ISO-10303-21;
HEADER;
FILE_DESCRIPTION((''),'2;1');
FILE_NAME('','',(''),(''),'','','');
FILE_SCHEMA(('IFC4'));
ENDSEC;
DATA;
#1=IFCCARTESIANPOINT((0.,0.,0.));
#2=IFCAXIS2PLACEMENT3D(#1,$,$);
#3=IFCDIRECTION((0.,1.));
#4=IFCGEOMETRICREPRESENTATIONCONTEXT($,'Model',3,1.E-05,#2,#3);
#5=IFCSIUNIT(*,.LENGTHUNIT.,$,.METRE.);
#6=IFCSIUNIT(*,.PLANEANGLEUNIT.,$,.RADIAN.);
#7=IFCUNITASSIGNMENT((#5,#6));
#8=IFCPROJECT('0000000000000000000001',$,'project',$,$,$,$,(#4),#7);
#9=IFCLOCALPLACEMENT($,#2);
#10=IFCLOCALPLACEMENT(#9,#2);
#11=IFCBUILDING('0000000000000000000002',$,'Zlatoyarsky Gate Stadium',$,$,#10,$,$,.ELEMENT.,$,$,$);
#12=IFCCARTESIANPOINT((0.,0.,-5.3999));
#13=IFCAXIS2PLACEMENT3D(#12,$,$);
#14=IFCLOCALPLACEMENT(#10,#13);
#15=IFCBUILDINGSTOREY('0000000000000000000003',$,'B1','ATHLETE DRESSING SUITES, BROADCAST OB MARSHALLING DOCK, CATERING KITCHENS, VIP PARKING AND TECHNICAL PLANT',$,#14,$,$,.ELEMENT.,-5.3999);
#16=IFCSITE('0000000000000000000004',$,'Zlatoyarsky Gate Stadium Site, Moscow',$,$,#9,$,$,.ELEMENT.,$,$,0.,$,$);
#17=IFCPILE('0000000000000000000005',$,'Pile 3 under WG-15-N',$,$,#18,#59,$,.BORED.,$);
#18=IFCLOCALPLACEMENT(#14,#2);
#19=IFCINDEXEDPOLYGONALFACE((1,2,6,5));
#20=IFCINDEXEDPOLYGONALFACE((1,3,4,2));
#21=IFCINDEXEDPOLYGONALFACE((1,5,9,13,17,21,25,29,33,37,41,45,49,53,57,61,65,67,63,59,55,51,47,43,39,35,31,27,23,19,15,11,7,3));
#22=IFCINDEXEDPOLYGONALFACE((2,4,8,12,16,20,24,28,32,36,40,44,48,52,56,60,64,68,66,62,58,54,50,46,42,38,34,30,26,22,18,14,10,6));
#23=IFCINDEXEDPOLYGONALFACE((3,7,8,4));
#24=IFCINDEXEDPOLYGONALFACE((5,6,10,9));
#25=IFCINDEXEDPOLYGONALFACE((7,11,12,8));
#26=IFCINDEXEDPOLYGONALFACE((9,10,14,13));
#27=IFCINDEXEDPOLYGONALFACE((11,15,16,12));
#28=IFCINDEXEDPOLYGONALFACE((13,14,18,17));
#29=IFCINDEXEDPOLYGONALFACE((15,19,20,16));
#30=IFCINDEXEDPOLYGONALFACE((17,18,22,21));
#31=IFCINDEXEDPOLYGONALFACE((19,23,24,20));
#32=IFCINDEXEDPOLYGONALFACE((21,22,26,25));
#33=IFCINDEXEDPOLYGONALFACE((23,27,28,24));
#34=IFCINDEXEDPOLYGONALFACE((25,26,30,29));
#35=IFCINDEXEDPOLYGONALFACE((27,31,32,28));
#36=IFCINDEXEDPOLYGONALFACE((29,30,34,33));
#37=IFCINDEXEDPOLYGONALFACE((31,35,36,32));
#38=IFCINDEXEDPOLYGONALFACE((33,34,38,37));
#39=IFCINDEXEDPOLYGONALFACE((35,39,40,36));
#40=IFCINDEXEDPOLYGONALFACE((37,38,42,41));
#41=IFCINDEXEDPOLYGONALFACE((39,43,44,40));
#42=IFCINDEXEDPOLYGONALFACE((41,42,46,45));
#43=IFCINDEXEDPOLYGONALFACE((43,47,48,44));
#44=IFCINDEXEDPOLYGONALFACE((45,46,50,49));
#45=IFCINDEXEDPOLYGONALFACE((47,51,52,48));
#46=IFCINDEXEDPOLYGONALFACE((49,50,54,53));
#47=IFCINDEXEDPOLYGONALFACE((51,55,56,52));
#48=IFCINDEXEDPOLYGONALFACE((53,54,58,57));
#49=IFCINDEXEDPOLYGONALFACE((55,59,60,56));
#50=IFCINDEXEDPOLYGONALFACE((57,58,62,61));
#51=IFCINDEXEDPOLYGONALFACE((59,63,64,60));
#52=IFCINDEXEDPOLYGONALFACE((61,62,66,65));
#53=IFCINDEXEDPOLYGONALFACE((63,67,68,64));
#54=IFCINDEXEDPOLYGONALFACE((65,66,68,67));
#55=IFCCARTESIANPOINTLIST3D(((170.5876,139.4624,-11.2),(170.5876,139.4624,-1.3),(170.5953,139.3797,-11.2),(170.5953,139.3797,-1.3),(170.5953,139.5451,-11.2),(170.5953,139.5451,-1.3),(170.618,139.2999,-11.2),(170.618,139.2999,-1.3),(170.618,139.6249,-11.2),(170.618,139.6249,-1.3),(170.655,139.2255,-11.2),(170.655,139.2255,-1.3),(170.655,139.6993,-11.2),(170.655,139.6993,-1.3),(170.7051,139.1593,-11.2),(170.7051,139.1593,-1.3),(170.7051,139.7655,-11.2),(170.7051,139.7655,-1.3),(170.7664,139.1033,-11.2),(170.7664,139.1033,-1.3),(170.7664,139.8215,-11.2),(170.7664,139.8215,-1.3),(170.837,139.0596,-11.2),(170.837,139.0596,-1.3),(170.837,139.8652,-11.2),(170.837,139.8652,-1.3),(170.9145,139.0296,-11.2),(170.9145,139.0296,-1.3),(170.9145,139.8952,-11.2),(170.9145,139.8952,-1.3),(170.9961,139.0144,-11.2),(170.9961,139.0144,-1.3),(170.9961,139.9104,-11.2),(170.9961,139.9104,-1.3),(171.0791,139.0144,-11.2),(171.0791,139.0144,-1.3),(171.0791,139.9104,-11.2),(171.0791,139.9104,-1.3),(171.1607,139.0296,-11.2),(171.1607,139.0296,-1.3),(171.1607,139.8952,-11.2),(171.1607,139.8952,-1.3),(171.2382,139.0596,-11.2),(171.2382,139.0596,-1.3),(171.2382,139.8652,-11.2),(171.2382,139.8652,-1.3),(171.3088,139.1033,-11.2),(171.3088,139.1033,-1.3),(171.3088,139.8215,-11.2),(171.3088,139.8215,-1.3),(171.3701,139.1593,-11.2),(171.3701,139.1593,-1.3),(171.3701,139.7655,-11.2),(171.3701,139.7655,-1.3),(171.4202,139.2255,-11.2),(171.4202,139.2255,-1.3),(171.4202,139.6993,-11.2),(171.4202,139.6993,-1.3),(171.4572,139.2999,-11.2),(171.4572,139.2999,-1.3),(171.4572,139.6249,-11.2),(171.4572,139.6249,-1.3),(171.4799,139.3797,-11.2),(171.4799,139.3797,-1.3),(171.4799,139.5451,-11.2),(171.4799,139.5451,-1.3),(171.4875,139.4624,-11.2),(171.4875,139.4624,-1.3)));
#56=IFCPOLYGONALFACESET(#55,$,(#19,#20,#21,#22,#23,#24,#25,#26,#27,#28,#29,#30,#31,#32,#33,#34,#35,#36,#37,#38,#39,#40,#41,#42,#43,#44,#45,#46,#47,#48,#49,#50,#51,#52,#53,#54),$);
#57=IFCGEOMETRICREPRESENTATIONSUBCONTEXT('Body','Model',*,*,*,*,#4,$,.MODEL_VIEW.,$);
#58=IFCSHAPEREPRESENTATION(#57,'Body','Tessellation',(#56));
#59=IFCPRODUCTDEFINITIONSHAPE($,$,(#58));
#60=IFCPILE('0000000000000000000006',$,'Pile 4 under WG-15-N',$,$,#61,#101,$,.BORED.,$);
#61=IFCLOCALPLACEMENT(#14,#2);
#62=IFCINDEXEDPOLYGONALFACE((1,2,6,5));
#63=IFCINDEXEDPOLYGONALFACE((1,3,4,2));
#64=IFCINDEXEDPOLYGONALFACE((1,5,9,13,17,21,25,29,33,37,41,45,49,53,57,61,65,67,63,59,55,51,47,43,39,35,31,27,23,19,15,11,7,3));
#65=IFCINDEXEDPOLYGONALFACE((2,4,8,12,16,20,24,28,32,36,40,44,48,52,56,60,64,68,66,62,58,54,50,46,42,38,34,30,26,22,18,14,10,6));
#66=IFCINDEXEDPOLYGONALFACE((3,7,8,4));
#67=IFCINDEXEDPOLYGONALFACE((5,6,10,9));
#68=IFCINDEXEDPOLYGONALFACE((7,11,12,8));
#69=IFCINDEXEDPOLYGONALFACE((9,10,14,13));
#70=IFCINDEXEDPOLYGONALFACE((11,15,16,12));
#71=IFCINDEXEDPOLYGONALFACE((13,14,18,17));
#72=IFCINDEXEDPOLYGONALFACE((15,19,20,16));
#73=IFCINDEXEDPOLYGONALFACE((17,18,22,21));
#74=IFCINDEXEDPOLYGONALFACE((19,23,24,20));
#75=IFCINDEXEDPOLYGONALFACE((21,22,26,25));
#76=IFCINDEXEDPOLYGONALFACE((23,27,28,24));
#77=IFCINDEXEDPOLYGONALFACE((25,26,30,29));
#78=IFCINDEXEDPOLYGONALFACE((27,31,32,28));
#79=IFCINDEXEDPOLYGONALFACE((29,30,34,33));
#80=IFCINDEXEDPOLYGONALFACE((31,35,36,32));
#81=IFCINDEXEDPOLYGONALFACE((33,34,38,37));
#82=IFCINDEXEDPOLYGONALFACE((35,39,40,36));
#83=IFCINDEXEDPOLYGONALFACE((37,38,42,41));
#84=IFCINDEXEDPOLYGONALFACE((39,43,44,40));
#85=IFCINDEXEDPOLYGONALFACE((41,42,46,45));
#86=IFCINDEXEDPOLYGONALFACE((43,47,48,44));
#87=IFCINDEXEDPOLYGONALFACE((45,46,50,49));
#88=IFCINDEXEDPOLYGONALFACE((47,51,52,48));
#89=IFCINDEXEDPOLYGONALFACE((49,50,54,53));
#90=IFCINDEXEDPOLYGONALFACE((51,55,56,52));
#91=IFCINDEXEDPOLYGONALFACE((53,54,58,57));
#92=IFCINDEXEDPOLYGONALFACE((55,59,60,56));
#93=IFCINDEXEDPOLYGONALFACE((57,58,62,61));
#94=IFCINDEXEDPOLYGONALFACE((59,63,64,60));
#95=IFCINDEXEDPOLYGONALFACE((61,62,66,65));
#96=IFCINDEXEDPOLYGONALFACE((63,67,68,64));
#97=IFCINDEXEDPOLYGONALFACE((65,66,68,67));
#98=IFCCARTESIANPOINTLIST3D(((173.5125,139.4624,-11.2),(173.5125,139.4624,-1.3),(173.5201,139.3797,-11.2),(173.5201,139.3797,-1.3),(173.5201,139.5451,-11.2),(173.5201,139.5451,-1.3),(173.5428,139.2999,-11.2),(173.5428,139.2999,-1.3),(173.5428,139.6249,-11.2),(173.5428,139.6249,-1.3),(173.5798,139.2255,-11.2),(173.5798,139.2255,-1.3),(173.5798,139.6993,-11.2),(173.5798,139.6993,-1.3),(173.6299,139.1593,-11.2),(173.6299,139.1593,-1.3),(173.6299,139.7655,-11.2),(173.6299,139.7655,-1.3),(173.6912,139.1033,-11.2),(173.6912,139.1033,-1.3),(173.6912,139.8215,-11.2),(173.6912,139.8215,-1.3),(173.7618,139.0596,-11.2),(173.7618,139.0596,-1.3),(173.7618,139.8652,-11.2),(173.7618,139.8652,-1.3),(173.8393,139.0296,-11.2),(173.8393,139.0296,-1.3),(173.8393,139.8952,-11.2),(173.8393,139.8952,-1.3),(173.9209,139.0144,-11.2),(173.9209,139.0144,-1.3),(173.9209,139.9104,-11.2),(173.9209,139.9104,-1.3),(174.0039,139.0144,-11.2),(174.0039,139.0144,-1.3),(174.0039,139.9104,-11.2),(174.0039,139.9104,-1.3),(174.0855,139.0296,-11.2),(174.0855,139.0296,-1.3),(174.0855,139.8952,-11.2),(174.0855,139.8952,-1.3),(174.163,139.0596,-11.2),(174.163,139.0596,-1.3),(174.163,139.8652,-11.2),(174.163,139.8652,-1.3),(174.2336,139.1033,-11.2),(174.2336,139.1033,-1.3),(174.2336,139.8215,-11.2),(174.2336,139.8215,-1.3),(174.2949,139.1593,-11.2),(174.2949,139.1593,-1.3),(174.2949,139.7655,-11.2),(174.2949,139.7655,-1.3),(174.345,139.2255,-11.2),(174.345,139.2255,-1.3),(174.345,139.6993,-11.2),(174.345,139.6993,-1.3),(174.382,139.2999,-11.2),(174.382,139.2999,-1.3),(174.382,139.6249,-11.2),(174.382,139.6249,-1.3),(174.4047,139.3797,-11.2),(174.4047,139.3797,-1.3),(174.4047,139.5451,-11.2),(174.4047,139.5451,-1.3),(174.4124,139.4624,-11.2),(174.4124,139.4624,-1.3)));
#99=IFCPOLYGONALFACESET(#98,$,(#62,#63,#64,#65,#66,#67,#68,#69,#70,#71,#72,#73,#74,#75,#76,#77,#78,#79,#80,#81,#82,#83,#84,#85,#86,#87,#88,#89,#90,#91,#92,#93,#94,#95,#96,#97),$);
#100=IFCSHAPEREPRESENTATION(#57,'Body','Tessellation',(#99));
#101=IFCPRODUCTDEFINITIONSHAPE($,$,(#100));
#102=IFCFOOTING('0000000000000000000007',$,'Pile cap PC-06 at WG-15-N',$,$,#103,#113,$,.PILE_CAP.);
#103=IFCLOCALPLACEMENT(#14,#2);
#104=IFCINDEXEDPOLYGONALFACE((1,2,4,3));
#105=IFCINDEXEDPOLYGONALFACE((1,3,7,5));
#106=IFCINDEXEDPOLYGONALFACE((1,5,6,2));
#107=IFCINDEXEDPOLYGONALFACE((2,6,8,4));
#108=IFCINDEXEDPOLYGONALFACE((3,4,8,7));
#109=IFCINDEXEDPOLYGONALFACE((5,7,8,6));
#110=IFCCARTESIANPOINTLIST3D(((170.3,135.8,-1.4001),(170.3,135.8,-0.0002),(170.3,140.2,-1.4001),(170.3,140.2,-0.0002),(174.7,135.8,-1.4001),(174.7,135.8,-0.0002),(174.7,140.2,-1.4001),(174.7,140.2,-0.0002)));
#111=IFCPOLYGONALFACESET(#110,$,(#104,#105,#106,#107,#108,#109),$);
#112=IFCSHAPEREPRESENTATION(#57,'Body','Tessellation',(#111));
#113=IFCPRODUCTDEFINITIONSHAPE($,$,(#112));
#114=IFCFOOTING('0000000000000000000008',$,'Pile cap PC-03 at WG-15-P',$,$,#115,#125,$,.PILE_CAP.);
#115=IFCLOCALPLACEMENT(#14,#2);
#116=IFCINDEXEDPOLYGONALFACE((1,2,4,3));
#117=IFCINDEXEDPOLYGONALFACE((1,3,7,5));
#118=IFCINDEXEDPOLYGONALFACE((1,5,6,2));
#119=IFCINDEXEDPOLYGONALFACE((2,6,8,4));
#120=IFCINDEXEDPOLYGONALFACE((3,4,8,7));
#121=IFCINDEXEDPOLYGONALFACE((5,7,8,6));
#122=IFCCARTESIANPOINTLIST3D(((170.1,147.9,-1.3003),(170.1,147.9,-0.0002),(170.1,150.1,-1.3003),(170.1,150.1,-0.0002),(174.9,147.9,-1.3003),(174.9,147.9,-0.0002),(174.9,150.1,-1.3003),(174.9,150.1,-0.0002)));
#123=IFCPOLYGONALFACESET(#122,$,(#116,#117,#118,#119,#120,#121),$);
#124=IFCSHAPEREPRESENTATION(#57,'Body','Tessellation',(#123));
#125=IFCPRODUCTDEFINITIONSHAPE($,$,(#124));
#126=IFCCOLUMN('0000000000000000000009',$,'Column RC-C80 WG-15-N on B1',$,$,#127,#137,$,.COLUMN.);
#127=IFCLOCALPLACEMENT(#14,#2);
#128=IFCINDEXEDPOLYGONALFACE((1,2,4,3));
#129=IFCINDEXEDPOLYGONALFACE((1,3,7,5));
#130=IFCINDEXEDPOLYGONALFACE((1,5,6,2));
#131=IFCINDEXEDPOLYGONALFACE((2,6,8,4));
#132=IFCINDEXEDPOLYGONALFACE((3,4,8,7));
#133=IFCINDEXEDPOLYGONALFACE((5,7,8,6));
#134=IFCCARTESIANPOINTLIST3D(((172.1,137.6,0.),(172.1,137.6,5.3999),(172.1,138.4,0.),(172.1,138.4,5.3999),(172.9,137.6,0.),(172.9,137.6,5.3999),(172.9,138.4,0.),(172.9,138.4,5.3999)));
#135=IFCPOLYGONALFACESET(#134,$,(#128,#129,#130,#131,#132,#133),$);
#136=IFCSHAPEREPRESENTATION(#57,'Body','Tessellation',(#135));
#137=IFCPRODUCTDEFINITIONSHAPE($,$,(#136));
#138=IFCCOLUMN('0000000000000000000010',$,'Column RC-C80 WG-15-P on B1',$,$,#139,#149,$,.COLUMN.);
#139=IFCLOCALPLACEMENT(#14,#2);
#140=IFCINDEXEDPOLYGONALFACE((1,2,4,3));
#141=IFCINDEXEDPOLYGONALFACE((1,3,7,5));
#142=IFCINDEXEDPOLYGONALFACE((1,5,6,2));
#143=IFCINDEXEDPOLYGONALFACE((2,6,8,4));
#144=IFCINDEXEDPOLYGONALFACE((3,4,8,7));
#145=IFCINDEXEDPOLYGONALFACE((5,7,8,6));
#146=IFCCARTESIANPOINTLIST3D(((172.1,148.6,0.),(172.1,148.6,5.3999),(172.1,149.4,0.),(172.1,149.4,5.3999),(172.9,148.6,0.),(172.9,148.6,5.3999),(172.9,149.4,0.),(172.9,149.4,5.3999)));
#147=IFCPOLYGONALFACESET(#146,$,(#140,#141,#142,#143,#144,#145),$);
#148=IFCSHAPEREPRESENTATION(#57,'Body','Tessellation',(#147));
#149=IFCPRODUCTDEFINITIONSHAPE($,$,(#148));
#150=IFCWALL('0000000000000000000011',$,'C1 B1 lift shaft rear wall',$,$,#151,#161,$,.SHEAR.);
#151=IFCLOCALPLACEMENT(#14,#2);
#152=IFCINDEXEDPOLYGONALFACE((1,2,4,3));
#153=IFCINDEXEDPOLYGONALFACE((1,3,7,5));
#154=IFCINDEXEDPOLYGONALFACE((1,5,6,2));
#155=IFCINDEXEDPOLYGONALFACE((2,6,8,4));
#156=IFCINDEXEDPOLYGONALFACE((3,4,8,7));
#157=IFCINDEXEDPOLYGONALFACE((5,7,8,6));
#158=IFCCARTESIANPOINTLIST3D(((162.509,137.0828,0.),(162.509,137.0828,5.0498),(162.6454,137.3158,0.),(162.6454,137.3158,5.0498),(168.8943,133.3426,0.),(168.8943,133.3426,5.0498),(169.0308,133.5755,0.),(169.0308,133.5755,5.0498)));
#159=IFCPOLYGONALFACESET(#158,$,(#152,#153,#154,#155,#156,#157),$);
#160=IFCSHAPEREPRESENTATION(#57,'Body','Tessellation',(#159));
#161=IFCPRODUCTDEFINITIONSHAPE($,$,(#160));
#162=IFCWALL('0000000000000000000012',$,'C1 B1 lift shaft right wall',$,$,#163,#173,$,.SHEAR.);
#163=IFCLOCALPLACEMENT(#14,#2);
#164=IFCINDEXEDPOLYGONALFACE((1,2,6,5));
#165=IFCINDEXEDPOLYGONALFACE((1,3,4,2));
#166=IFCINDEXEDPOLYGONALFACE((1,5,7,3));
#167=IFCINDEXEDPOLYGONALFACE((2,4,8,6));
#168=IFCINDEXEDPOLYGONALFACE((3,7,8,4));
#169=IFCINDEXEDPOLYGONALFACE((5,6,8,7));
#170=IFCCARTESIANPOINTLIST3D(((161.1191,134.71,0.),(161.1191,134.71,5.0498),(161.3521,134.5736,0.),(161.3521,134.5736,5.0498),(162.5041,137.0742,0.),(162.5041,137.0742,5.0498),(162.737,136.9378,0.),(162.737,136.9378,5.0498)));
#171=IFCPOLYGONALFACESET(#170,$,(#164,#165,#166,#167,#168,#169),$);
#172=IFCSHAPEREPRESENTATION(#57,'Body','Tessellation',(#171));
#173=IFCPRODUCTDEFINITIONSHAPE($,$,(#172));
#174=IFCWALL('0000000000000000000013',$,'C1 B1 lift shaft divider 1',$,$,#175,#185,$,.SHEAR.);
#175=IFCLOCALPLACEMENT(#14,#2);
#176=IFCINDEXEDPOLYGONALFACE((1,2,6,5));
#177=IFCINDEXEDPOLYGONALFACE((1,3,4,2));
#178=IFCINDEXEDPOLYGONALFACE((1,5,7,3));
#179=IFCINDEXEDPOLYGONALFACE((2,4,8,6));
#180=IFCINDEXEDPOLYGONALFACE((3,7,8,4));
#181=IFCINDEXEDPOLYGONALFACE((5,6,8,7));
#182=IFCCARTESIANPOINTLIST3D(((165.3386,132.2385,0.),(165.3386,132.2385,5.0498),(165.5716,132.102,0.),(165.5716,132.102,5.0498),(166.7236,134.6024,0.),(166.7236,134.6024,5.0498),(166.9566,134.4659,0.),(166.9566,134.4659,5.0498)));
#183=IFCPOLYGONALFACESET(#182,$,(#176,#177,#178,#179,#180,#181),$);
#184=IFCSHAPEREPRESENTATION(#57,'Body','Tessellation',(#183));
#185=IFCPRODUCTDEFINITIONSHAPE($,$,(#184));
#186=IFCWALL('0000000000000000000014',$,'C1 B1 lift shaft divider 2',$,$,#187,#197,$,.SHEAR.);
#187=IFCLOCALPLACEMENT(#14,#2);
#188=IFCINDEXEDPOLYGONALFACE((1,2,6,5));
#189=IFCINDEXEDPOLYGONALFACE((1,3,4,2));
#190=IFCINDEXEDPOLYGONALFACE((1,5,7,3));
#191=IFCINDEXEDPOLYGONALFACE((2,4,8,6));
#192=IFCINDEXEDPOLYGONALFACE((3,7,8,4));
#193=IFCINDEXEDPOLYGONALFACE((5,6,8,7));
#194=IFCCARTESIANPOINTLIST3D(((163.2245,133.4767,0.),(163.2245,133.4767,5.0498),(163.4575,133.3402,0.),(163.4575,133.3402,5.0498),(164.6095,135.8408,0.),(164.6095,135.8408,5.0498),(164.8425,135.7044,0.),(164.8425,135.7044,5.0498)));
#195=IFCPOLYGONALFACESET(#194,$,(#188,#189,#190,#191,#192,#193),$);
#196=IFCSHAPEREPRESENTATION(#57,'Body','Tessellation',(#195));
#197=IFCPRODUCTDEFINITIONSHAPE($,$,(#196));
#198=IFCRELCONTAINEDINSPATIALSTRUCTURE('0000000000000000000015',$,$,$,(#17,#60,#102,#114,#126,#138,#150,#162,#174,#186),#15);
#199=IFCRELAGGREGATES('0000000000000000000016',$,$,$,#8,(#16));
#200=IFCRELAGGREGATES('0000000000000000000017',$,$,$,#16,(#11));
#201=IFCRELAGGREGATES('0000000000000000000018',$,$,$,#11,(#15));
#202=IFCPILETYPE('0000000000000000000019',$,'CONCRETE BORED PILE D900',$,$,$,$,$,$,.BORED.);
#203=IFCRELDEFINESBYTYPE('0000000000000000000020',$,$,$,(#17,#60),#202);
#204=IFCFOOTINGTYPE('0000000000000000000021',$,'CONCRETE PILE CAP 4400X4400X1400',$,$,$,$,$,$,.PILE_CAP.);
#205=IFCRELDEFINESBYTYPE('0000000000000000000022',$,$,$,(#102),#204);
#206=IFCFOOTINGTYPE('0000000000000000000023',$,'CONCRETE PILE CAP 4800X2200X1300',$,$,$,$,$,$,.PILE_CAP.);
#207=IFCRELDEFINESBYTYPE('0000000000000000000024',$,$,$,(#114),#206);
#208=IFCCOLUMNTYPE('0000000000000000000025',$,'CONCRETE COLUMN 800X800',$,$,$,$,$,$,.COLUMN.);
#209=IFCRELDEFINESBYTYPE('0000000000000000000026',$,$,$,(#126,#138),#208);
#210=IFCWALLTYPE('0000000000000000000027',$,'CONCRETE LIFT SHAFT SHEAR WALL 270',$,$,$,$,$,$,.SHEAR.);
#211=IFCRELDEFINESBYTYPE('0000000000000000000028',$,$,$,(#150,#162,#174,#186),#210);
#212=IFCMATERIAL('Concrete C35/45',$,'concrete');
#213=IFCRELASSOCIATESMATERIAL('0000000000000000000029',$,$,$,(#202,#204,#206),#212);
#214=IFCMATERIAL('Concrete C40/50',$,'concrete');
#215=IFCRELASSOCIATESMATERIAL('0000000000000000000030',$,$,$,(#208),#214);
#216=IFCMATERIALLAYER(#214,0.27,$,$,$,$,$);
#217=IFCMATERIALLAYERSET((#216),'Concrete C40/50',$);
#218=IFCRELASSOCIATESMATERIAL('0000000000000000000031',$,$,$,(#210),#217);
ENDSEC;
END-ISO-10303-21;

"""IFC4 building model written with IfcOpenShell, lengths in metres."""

from ifc_helpers import new_model, si_unit, direction, frame, frame_2d, origin, origin_2d, place, context, subcontext, project, spatial, rectangle, circle, extrude, material, layer, layer_set, material_profile, profile_set, type_object, element, save


model = new_model("IFC4")

# Units and contexts
model_context = context("Model", 3, precision=1e-05, world=origin(), true_north=direction((0.0, 1.0)))
body_context = subcontext(model_context, "Body", "Model", "MODEL_VIEW")
ifc_project = project(units=[si_unit("LENGTHUNIT", "METRE"), si_unit("PLANEANGLEUNIT", "RADIAN")], contexts=[model_context])

# Site, building, storey
site_placement = place(None, origin())
site = spatial("IfcSite", under=ifc_project, at=site_placement, Name="Zlatoyarsky Gate Stadium Site, Moscow", CompositionType="ELEMENT", RefElevation=0.0)
building_placement = place(site_placement, origin())
building = spatial("IfcBuilding", under=site, at=building_placement, Name="Zlatoyarsky Gate Stadium", CompositionType="ELEMENT")
storey_placement = place(building_placement, frame((0.0, 0.0, -5.3999)))
storey = spatial("IfcBuildingStorey", under=building, at=storey_placement, Name="B1", Description="ATHLETE DRESSING SUITES, BROADCAST OB MARSHALLING DOCK, CATERING KITCHENS, VIP PARKING AND TECHNICAL PLANT", CompositionType="ELEMENT", Elevation=-5.3999)

# Piles
ifc_material_1 = material(Name="Concrete C35/45", Category="concrete")
ifc_material_profile_1 = material_profile(ifc_material_1, circle(Radius=0.45, at=origin_2d()), Name="BORED PILE D900")
ifc_profile_set_1 = profile_set([ifc_material_profile_1], Name="Concrete C35/45")
pile_type_1 = type_object("IfcPileType", Name="CONCRETE BORED PILE D900", PredefinedType="BORED", material=ifc_profile_set_1)
for number, where, z_axis, x_axis, name in (
    (1, (171.0376, 139.4624, -1.3), (0.0, 0.0, -1.0), (1.0, 0.0, 0.0), "Pile 3 under WG-15-N"),
    (2, (173.9624, 139.4624, -1.3), (0.0, 0.0, -1.0), (1.0, 0.0, 0.0), "Pile 4 under WG-15-N"),
):
    element("IfcPile", number, at=place(storey_placement, frame(where, z_axis=z_axis, x_axis=x_axis)), inside=storey, type_object=pile_type_1, Name=name, PredefinedType="BORED", context=body_context, shape_type="SweptSolid", body=[
        extrude(circle(Radius=0.45, at=origin_2d()), origin(), (0.0, 0.0, 1.0), 9.8999),
    ])

# Footings
footing_type_1 = type_object("IfcFootingType", Name="CONCRETE PILE CAP 4400X4400X1400", PredefinedType="PILE_CAP", material=ifc_material_1)
footing_1_placement = place(storey_placement, frame((172.5, 138.0, -1.4001), z_axis=(0.0, 0.0, 1.0), x_axis=(1.0, 0.0, 0.0)))
element("IfcFooting", 3, at=footing_1_placement, inside=storey, type_object=footing_type_1, Name="Pile cap PC-06 at WG-15-N", PredefinedType="PILE_CAP", context=body_context, shape_type="SweptSolid", body=[
    extrude(rectangle(XDim=4.3999, YDim=4.3999, at=origin_2d()), origin(), (0.0, 0.0, 1.0), 1.3999),
])
footing_type_2 = type_object("IfcFootingType", Name="CONCRETE PILE CAP 4800X2200X1300", PredefinedType="PILE_CAP", material=ifc_material_1)
footing_2_placement = place(storey_placement, frame((172.5, 149.0, -1.3003), z_axis=(0.0, 0.0, 1.0), x_axis=(1.0, 0.0, 0.0)))
element("IfcFooting", 4, at=footing_2_placement, inside=storey, type_object=footing_type_2, Name="Pile cap PC-03 at WG-15-P", PredefinedType="PILE_CAP", context=body_context, shape_type="SweptSolid", body=[
    extrude(rectangle(XDim=4.8, YDim=2.2, at=origin_2d()), origin(), (0.0, 0.0, 1.0), 1.3),
])

# Columns
ifc_material_2 = material(Name="Concrete C40/50", Category="concrete")
ifc_material_profile_2 = material_profile(ifc_material_2, rectangle(XDim=0.8, YDim=0.8, at=origin_2d()), Name="RC COL 800X800")
ifc_profile_set_2 = profile_set([ifc_material_profile_2], Name="Concrete C40/50")
column_type = type_object("IfcColumnType", Name="CONCRETE COLUMN 800X800", PredefinedType="COLUMN", material=ifc_profile_set_2)
for number, where, z_axis, x_axis, name in (
    (5, (172.5, 138.0, 0.0), (0.0, 0.0, 1.0), (1.0, 0.0, 0.0), "Column RC-C80 WG-15-N on B1"),
    (6, (172.5, 149.0, 0.0), (0.0, 0.0, 1.0), (1.0, 0.0, 0.0), "Column RC-C80 WG-15-P on B1"),
):
    element("IfcColumn", number, at=place(storey_placement, frame(where, z_axis=z_axis, x_axis=x_axis)), inside=storey, type_object=column_type, Name=name, PredefinedType="COLUMN", context=body_context, shape_type="SweptSolid", body=[
        extrude(rectangle(XDim=0.8, YDim=0.8, at=origin_2d()), origin(), (0.0, 0.0, 1.0), 5.3999),
    ])

# Walls
ifc_layer_1 = layer(ifc_material_2, 0.27)
ifc_layer_set_1 = layer_set([ifc_layer_1], Name="Concrete C40/50")
wall_type_1 = type_object("IfcWallType", Name="CONCRETE LIFT SHAFT SHEAR WALL 270", PredefinedType="SHEAR", material=ifc_layer_set_1)
wall_1_placement = place(storey_placement, frame((168.9626, 133.459, 0.0), z_axis=(0.0, 0.0, 1.0), x_axis=(-0.862866, 0.505433, 0.0)))
element("IfcWall", 7, at=wall_1_placement, inside=storey, type_object=wall_type_1, Name="C1 B1 lift shaft rear wall", PredefinedType="SHEAR", context=body_context, shape_type="SweptSolid", body=[
    extrude(rectangle(XDim=7.4001, YDim=0.27, at=frame_2d((3.7002, 0.0))), origin(), (0.0, 0.0, 1.0), 5.0498),
])
wall_2_placement = place(storey_placement, frame((162.6206, 137.0061, 0.0), z_axis=(0.0, 0.0, 1.0), x_axis=(-0.505466, -0.862847, 0.0)))
element("IfcWall", 8, at=wall_2_placement, inside=storey, type_object=wall_type_1, Name="C1 B1 lift shaft right wall", PredefinedType="SHEAR", context=body_context, shape_type="SweptSolid", body=[
    extrude(rectangle(XDim=2.74, YDim=0.27, at=frame_2d((1.3701, 0.0))), origin(), (0.0, 0.0, 1.0), 5.0498),
])
wall_3_placement = place(storey_placement, frame((166.8401, 134.5342, 0.0), z_axis=(0.0, 0.0, 1.0), x_axis=(-0.505505, -0.862824, 0.0)))
element("IfcWall", 9, at=wall_3_placement, inside=storey, type_object=wall_type_1, Name="C1 B1 lift shaft divider 1", PredefinedType="SHEAR", context=body_context, shape_type="SweptSolid", body=[
    extrude(rectangle(XDim=2.7397, YDim=0.27, at=frame_2d((1.3699, 0.0))), origin(), (0.0, 0.0, 1.0), 5.0498),
])
wall_4_placement = place(storey_placement, frame((164.7261, 135.7727, 0.0), z_axis=(0.0, 0.0, 1.0), x_axis=(-0.505466, -0.862847, 0.0)))
element("IfcWall", 10, at=wall_4_placement, inside=storey, type_object=wall_type_1, Name="C1 B1 lift shaft divider 2", PredefinedType="SHEAR", context=body_context, shape_type="SweptSolid", body=[
    extrude(rectangle(XDim=2.74, YDim=0.27, at=frame_2d((1.3701, 0.0))), origin(), (0.0, 0.0, 1.0), 5.0498),
])

save(model, "model.ifc")
